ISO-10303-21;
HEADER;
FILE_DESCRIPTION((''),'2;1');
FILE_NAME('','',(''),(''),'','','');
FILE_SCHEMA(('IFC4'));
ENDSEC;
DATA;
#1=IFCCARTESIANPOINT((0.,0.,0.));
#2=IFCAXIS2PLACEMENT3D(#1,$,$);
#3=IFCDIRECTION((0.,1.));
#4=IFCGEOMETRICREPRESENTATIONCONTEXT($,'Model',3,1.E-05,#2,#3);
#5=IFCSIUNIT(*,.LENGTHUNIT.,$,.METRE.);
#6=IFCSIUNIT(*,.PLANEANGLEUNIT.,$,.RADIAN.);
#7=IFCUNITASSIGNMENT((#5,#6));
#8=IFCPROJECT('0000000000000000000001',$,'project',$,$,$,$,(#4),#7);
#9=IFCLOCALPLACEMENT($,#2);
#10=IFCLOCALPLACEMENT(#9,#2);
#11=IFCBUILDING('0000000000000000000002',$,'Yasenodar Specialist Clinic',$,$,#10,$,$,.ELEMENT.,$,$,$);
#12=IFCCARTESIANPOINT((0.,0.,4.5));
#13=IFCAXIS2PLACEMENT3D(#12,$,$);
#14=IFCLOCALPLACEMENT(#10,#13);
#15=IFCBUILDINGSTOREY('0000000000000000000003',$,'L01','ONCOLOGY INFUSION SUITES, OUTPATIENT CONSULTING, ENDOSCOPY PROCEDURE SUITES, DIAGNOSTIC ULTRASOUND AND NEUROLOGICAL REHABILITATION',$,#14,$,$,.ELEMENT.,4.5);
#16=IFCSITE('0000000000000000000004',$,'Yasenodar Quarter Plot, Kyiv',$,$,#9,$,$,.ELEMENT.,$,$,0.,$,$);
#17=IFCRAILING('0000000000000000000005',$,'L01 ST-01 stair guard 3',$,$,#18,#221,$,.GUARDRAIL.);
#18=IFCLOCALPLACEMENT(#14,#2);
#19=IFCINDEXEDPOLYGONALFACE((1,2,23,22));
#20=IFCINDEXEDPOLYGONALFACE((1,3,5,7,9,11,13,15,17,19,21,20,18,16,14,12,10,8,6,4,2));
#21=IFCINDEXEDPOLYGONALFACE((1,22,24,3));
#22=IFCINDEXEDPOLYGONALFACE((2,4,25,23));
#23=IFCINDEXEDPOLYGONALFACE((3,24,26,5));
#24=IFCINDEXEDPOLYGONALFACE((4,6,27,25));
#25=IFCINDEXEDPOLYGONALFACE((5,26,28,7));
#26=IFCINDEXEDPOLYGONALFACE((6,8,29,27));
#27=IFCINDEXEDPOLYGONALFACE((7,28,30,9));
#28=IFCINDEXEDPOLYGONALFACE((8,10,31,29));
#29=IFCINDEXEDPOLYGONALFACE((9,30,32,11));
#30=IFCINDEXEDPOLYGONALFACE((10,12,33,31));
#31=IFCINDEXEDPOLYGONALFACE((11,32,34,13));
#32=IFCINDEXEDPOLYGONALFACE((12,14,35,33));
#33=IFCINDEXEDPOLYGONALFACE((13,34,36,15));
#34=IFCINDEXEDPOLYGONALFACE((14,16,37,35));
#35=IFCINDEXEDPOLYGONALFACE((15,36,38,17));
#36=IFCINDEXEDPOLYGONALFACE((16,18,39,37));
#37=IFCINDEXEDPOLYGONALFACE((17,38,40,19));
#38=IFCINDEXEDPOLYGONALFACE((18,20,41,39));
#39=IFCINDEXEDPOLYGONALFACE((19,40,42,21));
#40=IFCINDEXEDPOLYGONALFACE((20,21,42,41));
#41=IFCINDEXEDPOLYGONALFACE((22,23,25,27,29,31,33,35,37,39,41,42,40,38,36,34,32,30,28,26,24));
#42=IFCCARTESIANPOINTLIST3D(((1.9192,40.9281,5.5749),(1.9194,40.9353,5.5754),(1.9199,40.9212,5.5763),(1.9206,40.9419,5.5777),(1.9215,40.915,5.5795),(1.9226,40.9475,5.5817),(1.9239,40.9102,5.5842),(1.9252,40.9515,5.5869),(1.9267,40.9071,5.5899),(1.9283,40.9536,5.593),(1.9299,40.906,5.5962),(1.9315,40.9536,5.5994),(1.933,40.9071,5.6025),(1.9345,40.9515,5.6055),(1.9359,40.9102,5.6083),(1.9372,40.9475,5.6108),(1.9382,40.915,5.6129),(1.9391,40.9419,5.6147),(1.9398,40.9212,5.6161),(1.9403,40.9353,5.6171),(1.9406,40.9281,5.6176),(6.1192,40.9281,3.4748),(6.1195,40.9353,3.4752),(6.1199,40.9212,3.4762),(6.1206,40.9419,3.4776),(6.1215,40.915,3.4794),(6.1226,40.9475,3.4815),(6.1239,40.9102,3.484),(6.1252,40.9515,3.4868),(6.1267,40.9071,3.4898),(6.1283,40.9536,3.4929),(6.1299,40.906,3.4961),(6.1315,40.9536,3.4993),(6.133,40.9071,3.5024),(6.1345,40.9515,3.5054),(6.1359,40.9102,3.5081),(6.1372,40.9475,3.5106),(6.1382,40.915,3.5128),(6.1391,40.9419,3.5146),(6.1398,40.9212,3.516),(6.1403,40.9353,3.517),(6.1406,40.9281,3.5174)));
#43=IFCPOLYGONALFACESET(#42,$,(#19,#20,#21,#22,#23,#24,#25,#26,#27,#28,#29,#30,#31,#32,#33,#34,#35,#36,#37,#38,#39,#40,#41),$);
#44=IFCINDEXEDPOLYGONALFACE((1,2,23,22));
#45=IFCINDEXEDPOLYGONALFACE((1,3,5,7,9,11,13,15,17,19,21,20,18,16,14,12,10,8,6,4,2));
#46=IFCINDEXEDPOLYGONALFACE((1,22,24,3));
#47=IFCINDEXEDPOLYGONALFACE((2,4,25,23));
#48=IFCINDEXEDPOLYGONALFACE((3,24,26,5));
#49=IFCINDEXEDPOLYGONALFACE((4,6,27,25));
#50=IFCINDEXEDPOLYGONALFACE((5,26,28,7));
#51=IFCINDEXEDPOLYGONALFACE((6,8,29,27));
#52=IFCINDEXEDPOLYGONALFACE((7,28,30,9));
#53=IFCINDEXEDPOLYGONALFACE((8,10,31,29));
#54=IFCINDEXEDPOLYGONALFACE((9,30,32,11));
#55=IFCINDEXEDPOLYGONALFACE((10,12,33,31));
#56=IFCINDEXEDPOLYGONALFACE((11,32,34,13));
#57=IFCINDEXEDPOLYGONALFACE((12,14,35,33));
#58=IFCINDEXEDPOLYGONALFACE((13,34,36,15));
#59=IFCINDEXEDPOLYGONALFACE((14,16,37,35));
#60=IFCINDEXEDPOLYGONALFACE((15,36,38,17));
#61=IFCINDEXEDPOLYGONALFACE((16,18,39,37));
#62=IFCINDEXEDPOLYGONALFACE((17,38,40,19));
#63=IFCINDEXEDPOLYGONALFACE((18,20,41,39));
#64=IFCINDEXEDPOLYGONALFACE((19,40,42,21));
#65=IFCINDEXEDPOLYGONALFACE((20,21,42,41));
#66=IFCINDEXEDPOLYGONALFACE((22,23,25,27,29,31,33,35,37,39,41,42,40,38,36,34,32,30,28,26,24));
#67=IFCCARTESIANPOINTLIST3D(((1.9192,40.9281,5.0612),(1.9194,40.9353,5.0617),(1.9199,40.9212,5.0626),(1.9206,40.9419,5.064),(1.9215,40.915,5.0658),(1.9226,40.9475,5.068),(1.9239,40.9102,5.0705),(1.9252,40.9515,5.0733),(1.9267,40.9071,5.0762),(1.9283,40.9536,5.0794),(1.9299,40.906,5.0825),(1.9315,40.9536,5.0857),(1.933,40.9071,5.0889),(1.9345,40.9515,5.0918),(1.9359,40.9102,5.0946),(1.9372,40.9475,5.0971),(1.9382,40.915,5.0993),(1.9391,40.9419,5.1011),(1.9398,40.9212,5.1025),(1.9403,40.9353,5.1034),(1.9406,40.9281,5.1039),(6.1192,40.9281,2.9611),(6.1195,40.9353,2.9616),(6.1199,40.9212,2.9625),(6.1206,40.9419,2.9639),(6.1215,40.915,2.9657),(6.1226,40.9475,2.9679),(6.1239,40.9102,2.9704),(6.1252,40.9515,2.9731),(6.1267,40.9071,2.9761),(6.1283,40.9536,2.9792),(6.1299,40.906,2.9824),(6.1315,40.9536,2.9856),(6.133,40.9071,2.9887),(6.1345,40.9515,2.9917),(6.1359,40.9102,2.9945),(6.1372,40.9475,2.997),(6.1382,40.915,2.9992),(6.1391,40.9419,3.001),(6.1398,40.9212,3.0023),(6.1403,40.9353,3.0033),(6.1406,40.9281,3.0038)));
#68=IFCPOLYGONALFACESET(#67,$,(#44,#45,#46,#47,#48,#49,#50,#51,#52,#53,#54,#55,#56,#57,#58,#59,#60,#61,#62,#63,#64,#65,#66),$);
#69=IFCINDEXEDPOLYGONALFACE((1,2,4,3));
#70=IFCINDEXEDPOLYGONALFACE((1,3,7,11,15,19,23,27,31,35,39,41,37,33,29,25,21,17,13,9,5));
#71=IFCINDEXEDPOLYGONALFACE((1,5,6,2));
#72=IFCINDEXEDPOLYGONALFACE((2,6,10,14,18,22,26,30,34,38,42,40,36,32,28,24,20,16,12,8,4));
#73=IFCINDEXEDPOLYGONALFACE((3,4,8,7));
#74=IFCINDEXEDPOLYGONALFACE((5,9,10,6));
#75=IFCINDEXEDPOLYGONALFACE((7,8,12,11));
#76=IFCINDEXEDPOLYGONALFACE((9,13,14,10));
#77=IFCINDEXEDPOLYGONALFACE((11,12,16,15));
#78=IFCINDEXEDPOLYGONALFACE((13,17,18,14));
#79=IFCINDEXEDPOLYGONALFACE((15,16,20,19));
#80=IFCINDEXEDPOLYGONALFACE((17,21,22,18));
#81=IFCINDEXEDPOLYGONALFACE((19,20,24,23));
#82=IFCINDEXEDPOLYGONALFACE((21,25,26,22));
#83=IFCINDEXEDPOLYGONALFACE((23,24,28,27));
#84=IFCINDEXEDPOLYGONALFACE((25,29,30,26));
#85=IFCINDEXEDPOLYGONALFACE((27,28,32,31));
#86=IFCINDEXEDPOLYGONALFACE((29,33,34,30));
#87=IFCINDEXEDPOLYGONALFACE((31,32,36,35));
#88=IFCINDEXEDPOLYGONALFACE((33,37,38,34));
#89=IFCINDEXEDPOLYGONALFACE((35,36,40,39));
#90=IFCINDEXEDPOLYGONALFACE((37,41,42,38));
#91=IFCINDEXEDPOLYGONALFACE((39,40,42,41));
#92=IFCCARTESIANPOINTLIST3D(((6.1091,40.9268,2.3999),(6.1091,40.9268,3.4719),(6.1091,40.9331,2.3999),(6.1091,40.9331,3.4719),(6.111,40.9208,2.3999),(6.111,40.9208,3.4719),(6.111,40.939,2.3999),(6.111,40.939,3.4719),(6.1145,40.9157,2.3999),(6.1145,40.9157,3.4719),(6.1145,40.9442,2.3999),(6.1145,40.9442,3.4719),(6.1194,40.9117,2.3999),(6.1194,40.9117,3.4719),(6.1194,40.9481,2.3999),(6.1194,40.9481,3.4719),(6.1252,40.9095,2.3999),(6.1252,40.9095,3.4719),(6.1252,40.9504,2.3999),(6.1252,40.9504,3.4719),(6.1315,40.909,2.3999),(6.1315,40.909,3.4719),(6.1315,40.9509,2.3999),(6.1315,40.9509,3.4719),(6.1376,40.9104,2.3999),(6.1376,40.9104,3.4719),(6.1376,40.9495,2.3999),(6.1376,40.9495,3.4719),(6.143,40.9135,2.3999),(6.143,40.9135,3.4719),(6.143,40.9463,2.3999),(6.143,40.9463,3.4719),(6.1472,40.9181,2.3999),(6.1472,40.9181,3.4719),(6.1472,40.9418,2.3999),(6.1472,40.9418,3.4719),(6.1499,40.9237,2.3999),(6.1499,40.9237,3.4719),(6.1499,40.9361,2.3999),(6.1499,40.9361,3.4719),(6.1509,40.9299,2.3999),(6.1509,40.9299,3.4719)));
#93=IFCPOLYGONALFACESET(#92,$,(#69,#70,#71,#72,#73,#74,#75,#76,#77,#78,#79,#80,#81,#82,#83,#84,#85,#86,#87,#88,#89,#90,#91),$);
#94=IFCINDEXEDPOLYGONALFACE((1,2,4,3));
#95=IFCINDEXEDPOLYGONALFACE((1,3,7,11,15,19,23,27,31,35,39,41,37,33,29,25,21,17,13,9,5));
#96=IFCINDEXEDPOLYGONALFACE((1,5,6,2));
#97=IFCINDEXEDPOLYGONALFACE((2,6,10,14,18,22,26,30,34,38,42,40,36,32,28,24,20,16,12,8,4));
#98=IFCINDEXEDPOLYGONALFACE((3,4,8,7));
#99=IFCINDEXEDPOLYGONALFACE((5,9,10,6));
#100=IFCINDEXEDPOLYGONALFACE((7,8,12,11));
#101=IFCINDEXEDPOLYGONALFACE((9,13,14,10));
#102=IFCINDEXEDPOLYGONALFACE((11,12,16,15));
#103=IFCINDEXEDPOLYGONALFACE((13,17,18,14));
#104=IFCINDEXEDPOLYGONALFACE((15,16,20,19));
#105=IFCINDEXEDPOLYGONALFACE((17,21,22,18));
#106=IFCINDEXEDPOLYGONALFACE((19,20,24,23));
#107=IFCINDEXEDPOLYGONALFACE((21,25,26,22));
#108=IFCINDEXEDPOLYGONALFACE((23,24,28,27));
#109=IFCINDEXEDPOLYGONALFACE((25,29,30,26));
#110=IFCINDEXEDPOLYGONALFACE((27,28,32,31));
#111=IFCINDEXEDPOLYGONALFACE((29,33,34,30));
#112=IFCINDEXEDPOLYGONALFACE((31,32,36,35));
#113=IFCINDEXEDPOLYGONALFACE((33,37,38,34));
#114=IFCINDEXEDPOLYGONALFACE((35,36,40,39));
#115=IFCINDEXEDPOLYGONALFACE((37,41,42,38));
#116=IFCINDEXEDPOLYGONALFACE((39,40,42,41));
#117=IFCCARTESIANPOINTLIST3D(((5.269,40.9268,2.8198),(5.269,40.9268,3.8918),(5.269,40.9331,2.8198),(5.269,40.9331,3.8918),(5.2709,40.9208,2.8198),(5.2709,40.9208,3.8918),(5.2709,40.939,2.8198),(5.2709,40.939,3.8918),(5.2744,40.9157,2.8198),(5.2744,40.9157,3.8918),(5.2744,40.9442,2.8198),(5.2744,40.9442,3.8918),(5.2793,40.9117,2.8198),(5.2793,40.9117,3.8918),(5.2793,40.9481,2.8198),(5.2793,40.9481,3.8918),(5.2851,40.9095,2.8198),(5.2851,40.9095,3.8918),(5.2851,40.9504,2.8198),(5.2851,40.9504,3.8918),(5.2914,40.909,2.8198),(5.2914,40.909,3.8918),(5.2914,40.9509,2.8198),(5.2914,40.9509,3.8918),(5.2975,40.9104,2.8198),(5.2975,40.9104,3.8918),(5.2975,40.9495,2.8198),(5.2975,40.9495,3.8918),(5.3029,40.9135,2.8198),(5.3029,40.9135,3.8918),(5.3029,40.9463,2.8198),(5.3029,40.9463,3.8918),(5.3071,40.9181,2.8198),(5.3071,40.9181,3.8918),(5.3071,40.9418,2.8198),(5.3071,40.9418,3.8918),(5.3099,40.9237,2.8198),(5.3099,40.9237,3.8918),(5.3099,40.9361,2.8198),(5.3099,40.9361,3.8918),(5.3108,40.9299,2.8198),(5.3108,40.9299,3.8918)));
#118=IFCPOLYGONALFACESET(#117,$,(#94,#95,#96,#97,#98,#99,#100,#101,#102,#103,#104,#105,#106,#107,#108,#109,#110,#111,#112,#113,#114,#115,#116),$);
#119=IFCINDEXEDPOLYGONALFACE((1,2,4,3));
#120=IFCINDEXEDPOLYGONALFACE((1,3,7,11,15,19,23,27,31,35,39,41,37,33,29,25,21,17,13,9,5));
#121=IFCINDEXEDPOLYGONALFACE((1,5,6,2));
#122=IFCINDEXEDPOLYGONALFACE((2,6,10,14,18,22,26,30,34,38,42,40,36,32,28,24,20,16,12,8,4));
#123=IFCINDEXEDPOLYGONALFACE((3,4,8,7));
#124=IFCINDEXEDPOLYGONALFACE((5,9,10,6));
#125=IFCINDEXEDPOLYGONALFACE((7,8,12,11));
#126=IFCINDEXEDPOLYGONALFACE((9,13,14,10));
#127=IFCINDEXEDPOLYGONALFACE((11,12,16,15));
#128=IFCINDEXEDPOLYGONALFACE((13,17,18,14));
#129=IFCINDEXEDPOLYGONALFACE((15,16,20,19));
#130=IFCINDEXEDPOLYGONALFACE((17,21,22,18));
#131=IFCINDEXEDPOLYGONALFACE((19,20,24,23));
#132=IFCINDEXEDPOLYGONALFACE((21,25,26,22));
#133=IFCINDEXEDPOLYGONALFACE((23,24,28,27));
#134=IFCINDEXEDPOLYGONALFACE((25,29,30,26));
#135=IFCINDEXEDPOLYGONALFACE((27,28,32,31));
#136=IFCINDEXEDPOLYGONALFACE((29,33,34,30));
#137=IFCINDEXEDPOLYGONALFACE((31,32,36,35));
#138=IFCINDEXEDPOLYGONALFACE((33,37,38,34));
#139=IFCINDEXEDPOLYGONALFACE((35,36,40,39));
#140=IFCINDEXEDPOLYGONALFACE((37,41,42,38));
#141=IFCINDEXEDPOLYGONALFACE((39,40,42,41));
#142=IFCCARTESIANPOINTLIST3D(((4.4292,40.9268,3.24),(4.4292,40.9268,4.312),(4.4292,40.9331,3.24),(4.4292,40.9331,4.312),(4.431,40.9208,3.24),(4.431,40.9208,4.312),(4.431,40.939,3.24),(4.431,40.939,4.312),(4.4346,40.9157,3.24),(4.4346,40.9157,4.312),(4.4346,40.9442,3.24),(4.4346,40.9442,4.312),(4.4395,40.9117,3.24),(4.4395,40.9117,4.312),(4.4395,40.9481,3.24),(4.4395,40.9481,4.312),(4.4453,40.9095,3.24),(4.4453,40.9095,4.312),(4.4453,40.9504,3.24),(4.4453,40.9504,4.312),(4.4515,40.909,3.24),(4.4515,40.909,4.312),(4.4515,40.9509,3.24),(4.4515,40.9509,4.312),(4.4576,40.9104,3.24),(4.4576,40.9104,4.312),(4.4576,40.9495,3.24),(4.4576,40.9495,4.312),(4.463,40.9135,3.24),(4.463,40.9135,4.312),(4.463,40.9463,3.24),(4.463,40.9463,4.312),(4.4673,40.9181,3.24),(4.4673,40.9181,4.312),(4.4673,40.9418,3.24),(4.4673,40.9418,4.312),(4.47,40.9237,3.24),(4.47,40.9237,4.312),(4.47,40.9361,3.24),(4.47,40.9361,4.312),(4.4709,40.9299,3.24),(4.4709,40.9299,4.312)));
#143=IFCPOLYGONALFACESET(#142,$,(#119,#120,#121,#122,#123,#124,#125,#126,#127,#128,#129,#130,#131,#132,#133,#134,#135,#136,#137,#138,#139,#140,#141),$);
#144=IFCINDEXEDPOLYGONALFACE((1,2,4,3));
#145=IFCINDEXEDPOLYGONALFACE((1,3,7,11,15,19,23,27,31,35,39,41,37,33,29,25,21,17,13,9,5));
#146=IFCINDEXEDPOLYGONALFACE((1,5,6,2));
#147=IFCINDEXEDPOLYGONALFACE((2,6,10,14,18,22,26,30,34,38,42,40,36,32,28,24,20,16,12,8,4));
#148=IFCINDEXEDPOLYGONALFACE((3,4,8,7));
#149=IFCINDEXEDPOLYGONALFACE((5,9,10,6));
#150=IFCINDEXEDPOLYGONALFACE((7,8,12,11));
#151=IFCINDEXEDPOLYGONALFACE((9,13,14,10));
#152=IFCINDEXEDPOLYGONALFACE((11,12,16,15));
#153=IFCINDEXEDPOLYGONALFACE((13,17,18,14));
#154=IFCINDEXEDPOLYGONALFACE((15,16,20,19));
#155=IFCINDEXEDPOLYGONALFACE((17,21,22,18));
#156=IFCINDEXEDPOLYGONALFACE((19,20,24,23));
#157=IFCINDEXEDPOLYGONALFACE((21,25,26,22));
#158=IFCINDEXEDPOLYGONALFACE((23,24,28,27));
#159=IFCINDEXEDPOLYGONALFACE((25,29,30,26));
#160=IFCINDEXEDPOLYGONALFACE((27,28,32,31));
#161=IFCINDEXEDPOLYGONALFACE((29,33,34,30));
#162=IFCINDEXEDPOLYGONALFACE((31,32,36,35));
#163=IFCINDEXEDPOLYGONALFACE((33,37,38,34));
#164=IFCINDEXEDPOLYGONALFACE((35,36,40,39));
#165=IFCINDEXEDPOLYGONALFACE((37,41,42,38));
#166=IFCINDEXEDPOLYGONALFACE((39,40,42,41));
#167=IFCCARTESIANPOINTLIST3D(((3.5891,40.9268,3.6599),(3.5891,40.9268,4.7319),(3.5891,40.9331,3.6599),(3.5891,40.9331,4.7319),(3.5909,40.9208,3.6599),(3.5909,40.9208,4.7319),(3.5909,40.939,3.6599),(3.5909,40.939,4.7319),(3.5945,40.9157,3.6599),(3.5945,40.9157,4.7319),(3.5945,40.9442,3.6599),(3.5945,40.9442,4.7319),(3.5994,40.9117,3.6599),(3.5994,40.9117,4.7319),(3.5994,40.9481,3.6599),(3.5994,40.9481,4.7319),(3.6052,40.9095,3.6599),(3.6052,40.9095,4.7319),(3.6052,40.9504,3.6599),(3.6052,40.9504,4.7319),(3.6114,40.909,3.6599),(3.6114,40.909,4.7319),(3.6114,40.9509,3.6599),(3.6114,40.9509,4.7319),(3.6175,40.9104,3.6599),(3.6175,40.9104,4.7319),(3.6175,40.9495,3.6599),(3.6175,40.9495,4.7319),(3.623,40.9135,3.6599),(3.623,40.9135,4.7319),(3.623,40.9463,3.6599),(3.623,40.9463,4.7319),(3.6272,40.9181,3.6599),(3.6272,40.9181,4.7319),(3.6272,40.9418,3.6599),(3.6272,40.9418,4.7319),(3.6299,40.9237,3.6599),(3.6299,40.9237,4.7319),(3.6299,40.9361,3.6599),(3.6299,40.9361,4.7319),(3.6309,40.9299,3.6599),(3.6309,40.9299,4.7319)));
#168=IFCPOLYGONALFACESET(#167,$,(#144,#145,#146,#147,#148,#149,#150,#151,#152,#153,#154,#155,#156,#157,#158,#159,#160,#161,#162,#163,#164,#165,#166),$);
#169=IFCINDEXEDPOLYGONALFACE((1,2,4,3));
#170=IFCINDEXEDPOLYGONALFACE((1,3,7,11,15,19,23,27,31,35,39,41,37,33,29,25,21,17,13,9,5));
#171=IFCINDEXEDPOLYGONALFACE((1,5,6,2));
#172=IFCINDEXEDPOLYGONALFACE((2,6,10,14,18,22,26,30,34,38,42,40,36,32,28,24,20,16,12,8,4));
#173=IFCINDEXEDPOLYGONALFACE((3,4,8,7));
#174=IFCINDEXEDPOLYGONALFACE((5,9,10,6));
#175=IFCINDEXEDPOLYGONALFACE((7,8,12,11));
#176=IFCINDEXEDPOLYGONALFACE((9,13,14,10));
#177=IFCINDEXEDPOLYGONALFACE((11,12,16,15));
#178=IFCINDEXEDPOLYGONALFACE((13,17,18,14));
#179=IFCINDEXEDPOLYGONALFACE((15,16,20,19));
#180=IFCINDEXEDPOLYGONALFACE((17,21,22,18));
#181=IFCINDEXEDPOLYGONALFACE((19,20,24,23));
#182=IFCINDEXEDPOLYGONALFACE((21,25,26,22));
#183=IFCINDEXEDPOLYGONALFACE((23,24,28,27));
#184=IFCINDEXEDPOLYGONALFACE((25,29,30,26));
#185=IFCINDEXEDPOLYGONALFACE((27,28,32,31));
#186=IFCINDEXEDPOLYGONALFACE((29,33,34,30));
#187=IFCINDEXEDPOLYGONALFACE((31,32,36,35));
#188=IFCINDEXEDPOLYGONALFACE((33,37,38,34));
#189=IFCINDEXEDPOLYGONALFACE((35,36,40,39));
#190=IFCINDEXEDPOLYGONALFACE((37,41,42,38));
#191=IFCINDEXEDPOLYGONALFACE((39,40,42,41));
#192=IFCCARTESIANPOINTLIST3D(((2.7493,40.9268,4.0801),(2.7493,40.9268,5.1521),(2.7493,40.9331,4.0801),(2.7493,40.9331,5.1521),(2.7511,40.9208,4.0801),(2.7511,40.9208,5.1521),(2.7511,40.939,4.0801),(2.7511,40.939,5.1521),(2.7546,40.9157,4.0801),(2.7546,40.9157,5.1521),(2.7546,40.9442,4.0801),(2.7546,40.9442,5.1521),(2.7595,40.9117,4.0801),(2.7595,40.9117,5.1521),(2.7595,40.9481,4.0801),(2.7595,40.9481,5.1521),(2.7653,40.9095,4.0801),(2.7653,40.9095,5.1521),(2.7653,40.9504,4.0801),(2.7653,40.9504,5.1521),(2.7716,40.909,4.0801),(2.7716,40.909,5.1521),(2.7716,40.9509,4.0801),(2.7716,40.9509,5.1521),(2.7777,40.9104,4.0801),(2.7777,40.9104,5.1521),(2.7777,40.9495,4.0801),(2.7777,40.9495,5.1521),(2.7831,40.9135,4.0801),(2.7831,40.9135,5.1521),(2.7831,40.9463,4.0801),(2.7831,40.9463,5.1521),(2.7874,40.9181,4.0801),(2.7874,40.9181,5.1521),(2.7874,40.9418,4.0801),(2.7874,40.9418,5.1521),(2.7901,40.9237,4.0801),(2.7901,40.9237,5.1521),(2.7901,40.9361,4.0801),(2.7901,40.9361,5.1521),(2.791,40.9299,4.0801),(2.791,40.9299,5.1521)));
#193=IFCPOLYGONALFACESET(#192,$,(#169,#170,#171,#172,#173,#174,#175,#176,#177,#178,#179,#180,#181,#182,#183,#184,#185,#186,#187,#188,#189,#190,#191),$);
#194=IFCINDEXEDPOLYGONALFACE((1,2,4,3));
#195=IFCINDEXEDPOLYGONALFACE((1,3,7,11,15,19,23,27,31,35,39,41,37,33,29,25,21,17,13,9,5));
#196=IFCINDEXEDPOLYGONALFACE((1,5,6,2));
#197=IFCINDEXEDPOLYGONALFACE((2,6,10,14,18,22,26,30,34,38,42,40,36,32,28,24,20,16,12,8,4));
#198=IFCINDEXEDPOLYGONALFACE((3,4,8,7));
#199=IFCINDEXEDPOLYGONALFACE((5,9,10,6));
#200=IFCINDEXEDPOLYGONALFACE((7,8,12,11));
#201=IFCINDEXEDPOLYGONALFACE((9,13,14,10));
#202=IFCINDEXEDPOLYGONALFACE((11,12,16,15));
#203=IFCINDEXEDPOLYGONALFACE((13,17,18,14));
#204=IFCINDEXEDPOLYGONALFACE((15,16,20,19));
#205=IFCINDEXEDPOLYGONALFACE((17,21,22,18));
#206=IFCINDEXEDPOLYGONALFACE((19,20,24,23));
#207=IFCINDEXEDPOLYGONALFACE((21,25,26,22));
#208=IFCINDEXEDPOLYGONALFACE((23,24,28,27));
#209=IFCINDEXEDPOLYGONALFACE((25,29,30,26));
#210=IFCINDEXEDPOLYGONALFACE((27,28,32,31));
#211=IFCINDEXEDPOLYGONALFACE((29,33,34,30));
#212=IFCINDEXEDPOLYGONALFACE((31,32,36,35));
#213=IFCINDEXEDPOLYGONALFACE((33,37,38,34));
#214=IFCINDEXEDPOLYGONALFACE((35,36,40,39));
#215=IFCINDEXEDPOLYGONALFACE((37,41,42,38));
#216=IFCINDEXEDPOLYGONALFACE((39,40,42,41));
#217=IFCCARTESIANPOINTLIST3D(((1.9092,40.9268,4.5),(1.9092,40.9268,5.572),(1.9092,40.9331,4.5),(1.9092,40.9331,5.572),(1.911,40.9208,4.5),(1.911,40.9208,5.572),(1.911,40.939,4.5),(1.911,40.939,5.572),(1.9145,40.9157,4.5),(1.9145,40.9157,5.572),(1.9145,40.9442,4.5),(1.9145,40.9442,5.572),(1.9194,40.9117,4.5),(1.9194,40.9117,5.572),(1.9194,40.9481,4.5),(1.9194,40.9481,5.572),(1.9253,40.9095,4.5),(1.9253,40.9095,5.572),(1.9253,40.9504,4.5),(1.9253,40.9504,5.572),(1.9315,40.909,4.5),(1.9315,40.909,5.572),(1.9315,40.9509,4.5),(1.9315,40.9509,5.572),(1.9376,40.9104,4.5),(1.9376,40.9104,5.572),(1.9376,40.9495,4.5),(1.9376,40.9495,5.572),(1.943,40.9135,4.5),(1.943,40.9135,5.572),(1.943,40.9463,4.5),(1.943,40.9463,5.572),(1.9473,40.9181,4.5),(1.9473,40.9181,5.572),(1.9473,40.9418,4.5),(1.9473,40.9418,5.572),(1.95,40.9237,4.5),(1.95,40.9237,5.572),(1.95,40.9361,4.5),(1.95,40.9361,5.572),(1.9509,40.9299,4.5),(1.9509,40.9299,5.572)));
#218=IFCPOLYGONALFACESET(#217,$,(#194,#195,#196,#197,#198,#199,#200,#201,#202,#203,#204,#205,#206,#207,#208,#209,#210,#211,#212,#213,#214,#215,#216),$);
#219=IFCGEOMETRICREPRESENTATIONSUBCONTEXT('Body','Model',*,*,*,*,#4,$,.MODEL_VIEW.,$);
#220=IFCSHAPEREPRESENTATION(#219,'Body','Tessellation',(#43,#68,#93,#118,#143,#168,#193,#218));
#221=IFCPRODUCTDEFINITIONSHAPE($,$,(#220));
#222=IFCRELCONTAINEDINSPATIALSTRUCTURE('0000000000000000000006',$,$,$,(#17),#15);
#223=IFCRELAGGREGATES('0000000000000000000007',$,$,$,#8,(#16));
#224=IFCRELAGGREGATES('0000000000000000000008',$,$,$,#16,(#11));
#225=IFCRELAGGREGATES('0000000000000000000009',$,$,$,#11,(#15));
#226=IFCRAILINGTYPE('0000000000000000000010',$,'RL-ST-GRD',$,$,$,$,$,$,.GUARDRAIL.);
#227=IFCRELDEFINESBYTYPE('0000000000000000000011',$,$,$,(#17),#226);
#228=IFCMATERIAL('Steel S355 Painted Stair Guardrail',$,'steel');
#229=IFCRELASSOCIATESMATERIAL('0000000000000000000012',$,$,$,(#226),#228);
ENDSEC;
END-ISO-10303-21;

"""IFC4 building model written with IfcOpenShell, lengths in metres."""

from ifc_helpers import new_model, si_unit, direction, frame, origin, origin_2d, place, context, subcontext, project, spatial, circle, extrude, material, type_object, element, save


model = new_model("IFC4")

# Units and contexts
model_context = context("Model", 3, precision=1e-05, world=origin(), true_north=direction((0.0, 1.0)))
body_context = subcontext(model_context, "Body", "Model", "MODEL_VIEW")
ifc_project = project(units=[si_unit("LENGTHUNIT", "METRE"), si_unit("PLANEANGLEUNIT", "RADIAN")], contexts=[model_context])

# Site, building, storey
site_placement = place(None, origin())
site = spatial("IfcSite", under=ifc_project, at=site_placement, Name="Yasenodar Quarter Plot, Kyiv", CompositionType="ELEMENT", RefElevation=0.0)
building_placement = place(site_placement, origin())
building = spatial("IfcBuilding", under=site, at=building_placement, Name="Yasenodar Specialist Clinic", CompositionType="ELEMENT")
storey_placement = place(building_placement, frame((0.0, 0.0, 4.5)))
storey = spatial("IfcBuildingStorey", under=building, at=storey_placement, Name="L01", Description="ONCOLOGY INFUSION SUITES, OUTPATIENT CONSULTING, ENDOSCOPY PROCEDURE SUITES, DIAGNOSTIC ULTRASOUND AND NEUROLOGICAL REHABILITATION", CompositionType="ELEMENT", Elevation=4.5)

# Railing
ifc_material_1 = material(Name="Steel S355 Painted Stair Guardrail", Category="steel")
railing_type_1 = type_object("IfcRailingType", Name="RL-ST-GRD", PredefinedType="GUARDRAIL", material=ifc_material_1)
railing_1_placement = place(storey_placement, frame((6.1299, 40.9299, 2.3999)))
element("IfcRailing", 1, at=railing_1_placement, inside=storey, type_object=railing_type_1, Name="L01 ST-01 stair guard 3", PredefinedType="GUARDRAIL", context=body_context, shape_type="SweptSolid", body=[
    extrude(circle(Radius=0.0239, at=origin_2d()), frame((0.0, 0.0, 1.0962), z_axis=(-0.894417, 0.0, 0.447234), x_axis=(0.0, -1.0, 0.0)), (0.0, 0.0, 1.0), 4.6958),
    extrude(circle(Radius=0.0239, at=origin_2d()), frame((0.0, 0.0, 0.5825), z_axis=(-0.894417, 0.0, 0.447234), x_axis=(0.0, -1.0, 0.0)), (0.0, 0.0, 1.0), 4.6958),
    extrude(circle(Radius=0.021, at=origin_2d()), origin(), (0.0, 0.0, 1.0), 1.072),
    extrude(circle(Radius=0.021, at=origin_2d()), frame((-0.8401, 0.0, 0.4199)), (0.0, 0.0, 1.0), 1.072),
    extrude(circle(Radius=0.021, at=origin_2d()), frame((-1.6799, 0.0, 0.8401)), (0.0, 0.0, 1.0), 1.072),
    extrude(circle(Radius=0.021, at=origin_2d()), frame((-2.52, 0.0, 1.26)), (0.0, 0.0, 1.0), 1.072),
    extrude(circle(Radius=0.021, at=origin_2d()), frame((-3.3599, 0.0, 1.6802)), (0.0, 0.0, 1.0), 1.072),
    extrude(circle(Radius=0.021, at=origin_2d()), frame((-4.2, 0.0, 2.1001)), (0.0, 0.0, 1.0), 1.072),
])

save(model, "model.ifc")
